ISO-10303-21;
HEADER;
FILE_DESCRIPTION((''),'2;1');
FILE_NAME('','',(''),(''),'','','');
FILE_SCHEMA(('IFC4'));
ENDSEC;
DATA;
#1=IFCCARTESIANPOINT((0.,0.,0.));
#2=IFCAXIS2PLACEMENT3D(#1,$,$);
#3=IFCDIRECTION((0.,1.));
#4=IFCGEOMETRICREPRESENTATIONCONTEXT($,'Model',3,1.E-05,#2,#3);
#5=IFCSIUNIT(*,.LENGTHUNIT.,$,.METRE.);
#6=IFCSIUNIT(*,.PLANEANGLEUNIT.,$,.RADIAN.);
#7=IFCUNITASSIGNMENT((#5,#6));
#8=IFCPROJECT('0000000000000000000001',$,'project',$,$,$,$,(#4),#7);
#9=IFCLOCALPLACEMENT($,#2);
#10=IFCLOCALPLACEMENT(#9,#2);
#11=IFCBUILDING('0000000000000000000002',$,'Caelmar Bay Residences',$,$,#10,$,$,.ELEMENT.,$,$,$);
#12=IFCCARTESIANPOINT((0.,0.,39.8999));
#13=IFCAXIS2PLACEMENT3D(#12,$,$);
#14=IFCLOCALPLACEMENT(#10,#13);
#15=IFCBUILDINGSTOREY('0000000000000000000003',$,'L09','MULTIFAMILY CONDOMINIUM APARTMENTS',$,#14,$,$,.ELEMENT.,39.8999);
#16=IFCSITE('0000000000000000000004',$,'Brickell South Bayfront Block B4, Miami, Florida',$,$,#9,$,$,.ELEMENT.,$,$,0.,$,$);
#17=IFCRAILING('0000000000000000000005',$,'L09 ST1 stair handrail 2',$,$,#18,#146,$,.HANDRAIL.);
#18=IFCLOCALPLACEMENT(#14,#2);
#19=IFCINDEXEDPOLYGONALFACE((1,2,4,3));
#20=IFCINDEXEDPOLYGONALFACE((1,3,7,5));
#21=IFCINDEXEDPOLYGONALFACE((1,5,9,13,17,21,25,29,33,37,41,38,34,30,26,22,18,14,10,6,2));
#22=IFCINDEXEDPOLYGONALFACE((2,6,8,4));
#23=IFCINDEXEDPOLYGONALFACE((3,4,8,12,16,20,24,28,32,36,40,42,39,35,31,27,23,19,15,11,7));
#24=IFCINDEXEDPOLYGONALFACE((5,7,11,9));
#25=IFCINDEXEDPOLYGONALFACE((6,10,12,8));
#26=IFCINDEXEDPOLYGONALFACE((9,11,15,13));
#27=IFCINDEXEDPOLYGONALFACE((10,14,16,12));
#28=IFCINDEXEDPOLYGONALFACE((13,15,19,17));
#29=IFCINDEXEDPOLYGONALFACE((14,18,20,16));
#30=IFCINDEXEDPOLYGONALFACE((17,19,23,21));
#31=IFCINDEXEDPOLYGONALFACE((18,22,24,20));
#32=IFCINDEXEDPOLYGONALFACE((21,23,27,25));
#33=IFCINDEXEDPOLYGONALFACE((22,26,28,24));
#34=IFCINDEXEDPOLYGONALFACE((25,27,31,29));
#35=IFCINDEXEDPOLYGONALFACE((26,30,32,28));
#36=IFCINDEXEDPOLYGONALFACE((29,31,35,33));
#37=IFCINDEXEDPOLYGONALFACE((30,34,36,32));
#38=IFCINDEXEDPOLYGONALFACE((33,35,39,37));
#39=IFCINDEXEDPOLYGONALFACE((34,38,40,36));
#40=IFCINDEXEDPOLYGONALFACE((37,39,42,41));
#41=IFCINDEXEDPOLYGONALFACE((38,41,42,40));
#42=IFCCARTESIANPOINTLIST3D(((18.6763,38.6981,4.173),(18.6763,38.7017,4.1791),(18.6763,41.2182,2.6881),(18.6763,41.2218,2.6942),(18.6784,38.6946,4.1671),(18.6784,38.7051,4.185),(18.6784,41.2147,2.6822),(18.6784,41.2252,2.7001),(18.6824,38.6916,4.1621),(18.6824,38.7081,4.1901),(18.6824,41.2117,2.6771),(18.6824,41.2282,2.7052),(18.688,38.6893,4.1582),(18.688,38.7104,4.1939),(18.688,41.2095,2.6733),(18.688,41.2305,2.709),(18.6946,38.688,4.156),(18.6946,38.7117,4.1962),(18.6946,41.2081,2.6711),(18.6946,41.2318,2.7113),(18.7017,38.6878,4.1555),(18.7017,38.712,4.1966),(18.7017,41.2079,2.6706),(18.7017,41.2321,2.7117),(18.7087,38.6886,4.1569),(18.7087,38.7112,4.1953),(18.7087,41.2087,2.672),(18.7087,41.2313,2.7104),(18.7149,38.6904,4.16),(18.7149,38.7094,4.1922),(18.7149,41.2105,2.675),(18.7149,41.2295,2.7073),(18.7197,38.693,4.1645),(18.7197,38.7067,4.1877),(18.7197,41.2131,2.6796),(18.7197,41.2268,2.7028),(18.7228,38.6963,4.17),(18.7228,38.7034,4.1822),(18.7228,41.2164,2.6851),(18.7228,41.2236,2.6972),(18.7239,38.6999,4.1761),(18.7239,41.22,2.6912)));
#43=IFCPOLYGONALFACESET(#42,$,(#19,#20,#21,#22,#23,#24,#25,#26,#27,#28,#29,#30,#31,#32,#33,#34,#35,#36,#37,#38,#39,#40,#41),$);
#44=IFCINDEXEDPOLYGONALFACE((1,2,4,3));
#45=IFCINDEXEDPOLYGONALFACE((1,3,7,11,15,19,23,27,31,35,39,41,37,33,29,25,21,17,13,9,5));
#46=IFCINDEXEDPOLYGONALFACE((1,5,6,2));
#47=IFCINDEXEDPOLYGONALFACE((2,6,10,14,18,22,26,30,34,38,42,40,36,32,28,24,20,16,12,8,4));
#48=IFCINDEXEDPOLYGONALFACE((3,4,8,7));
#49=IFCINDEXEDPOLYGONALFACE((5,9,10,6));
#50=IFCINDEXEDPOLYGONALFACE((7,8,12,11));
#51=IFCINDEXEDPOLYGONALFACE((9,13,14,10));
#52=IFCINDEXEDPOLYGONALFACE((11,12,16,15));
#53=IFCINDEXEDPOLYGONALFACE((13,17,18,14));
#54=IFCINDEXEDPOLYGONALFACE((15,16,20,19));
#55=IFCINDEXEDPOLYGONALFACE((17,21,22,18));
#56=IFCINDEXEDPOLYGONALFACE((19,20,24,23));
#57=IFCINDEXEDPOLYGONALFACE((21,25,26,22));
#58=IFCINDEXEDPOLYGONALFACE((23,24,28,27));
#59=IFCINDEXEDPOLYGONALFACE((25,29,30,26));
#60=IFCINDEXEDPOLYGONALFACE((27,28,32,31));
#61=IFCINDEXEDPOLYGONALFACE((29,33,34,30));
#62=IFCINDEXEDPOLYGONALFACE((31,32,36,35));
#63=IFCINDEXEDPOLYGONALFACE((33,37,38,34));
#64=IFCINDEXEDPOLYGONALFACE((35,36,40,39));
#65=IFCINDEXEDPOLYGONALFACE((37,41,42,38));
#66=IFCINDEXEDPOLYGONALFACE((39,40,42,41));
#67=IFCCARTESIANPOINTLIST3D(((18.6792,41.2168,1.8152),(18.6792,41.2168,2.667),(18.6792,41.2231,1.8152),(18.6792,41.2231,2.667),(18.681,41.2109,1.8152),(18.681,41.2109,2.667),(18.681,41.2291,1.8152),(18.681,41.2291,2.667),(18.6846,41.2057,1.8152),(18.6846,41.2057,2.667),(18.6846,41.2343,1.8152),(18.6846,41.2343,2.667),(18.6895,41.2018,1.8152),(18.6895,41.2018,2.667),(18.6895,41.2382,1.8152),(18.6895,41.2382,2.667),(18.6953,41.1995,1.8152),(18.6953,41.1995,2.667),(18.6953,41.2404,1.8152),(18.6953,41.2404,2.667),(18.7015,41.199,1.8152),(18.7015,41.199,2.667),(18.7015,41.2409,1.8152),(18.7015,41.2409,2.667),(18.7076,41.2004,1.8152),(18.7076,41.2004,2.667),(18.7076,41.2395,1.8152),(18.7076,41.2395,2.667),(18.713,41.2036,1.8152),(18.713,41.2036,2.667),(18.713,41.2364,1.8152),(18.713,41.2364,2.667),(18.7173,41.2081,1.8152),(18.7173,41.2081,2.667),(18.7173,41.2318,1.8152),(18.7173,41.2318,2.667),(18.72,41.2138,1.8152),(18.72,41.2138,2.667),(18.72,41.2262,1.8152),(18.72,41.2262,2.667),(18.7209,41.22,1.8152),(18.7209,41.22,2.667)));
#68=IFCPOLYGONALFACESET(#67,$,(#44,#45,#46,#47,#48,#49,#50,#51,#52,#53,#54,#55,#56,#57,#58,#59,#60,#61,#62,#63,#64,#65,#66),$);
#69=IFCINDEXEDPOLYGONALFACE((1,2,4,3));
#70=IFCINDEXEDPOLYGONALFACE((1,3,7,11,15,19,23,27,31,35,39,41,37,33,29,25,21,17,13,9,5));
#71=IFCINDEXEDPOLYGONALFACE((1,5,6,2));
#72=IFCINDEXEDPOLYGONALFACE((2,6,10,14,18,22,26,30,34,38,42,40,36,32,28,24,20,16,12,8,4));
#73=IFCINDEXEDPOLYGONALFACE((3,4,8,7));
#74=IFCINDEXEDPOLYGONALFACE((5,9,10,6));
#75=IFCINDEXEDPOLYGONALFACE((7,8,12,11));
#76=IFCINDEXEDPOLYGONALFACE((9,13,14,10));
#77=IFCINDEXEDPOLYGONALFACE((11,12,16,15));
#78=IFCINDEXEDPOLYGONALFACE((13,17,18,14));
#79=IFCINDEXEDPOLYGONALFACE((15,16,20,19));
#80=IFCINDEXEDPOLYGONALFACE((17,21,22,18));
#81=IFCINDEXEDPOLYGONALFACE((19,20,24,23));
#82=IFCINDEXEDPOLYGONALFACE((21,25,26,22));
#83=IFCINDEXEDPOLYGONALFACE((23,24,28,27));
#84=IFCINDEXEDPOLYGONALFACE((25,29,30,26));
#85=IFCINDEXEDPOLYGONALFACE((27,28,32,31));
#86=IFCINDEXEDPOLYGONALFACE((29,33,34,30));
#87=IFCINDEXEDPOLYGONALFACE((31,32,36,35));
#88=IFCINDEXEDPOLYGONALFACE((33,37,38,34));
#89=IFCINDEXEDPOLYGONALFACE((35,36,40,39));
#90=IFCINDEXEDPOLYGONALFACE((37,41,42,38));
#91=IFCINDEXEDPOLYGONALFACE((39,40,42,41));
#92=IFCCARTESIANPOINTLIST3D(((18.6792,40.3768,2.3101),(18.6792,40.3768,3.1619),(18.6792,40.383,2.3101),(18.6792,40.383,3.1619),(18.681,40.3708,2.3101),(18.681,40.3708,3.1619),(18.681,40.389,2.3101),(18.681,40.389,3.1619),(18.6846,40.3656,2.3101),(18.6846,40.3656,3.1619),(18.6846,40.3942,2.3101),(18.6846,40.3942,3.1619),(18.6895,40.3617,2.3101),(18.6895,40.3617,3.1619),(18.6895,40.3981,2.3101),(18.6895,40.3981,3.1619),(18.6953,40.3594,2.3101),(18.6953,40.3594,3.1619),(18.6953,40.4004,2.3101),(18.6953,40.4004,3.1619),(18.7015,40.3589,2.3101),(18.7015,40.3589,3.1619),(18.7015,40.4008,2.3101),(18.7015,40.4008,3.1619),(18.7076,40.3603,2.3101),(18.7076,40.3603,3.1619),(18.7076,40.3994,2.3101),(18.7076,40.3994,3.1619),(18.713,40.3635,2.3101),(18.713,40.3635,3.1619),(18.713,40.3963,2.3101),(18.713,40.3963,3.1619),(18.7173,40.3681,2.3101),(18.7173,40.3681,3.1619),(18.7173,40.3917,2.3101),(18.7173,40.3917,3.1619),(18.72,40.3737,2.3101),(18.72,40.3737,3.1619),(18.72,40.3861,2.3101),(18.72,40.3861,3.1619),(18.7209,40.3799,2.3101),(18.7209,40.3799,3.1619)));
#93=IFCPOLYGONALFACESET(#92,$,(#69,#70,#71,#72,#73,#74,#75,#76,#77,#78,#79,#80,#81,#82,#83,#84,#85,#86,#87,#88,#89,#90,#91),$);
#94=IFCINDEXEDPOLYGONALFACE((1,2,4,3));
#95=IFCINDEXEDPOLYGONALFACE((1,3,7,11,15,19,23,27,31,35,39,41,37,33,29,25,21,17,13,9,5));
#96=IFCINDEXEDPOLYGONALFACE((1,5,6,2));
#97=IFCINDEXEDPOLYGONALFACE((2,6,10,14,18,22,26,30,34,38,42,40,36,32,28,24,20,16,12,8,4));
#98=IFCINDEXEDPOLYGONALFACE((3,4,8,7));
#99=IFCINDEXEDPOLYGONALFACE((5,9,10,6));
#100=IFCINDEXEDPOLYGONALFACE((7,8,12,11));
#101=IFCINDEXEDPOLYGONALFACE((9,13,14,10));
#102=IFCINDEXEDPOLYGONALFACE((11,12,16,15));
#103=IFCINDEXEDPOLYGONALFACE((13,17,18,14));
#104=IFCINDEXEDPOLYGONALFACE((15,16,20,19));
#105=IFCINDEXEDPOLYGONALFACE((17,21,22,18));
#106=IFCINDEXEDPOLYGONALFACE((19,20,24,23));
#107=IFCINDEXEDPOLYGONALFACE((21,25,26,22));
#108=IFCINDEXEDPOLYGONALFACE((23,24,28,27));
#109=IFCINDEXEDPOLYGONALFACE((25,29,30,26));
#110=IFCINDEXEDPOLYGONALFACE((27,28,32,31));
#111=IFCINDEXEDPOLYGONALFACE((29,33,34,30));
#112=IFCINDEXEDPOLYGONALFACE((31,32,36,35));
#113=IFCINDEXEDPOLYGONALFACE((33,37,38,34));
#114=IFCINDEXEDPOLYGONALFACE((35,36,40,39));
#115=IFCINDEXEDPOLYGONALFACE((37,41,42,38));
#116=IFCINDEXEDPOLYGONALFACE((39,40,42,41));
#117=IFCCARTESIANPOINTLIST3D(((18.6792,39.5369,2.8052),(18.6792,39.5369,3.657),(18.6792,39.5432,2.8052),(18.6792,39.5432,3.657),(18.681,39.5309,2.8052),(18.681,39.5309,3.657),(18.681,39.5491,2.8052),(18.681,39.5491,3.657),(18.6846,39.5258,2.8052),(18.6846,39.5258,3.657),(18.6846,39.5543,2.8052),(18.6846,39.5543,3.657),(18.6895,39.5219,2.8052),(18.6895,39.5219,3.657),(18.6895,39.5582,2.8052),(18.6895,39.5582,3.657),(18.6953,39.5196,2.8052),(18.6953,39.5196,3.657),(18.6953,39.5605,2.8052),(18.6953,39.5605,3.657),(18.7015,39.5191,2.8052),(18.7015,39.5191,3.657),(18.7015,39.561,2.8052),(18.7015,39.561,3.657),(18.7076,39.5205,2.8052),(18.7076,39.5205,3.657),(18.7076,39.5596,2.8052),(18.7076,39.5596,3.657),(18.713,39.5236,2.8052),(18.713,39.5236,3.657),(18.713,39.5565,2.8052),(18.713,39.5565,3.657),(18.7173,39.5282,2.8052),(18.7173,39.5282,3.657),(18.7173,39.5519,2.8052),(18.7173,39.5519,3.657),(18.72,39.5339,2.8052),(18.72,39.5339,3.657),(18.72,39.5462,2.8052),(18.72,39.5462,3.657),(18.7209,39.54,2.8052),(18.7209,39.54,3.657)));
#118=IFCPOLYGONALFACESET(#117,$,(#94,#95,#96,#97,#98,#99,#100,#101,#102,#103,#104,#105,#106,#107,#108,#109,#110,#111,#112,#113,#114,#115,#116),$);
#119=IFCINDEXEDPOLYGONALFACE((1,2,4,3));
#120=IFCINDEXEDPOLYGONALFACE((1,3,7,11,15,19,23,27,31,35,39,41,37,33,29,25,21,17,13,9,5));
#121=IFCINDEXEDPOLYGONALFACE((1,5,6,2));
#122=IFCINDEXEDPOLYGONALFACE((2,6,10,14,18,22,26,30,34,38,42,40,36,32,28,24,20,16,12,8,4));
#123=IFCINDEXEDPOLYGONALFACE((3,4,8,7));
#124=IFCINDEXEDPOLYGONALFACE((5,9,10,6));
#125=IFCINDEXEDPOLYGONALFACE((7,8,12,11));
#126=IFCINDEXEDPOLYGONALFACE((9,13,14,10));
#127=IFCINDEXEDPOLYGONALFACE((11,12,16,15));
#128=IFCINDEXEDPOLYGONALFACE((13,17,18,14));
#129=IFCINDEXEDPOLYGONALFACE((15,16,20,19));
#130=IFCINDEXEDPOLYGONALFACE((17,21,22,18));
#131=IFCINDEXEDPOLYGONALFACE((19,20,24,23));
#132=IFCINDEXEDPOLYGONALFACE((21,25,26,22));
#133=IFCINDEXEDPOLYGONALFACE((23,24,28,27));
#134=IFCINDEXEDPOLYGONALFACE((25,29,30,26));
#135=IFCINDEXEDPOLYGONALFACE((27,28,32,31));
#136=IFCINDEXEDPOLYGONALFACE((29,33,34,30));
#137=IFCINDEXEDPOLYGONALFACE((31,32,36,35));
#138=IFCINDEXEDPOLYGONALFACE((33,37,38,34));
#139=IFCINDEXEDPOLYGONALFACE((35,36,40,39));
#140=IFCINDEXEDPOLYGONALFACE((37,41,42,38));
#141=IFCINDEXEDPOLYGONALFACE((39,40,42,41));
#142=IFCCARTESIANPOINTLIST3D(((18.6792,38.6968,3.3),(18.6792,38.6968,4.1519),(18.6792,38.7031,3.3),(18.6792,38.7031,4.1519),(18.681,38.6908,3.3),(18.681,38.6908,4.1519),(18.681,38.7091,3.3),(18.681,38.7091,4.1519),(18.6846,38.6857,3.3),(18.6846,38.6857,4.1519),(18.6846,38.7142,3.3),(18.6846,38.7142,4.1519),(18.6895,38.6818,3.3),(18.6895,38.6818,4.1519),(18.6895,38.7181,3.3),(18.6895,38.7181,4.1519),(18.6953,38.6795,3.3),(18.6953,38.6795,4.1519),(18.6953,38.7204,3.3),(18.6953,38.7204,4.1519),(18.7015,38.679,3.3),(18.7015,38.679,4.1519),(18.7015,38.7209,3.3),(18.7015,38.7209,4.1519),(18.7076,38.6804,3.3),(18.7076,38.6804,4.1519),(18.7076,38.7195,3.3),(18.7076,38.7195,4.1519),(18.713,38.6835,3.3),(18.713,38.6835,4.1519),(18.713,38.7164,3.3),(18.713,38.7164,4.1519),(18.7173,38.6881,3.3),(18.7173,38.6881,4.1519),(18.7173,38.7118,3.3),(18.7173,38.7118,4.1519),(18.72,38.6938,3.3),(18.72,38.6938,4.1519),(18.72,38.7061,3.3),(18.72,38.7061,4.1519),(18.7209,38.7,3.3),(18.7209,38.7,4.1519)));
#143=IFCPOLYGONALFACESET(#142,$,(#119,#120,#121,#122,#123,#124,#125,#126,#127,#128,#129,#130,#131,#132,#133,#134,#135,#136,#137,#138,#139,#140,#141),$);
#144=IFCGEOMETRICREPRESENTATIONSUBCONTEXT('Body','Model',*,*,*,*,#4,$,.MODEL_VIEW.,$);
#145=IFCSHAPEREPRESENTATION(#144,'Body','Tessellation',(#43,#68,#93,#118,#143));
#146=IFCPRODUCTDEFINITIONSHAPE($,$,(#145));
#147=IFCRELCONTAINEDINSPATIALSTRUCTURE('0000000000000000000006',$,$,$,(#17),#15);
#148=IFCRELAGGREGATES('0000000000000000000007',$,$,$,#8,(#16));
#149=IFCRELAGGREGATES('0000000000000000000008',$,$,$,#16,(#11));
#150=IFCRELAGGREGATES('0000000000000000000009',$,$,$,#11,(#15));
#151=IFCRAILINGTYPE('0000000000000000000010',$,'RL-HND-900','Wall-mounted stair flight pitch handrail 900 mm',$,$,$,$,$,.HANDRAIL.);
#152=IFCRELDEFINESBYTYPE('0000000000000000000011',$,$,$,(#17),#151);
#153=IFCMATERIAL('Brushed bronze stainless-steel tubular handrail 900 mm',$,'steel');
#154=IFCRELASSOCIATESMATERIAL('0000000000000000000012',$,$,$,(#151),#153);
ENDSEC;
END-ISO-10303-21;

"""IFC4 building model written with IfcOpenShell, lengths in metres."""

from ifc_helpers import new_model, si_unit, direction, frame, origin, origin_2d, place, context, subcontext, project, spatial, circle, extrude, material, type_object, element, save


model = new_model("IFC4")

# Units and contexts
model_context = context("Model", 3, precision=1e-05, world=origin(), true_north=direction((0.0, 1.0)))
body_context = subcontext(model_context, "Body", "Model", "MODEL_VIEW")
ifc_project = project(units=[si_unit("LENGTHUNIT", "METRE"), si_unit("PLANEANGLEUNIT", "RADIAN")], contexts=[model_context])

# Site, building, storey
site_placement = place(None, origin())
site = spatial("IfcSite", under=ifc_project, at=site_placement, Name="Brickell South Bayfront Block B4, Miami, Florida", CompositionType="ELEMENT", RefElevation=0.0)
building_placement = place(site_placement, origin())
building = spatial("IfcBuilding", under=site, at=building_placement, Name="Caelmar Bay Residences", CompositionType="ELEMENT")
storey_placement = place(building_placement, frame((0.0, 0.0, 39.8999)))
storey = spatial("IfcBuildingStorey", under=building, at=storey_placement, Name="L09", Description="MULTIFAMILY CONDOMINIUM APARTMENTS", CompositionType="ELEMENT", Elevation=39.8999)

# Railing
ifc_material_1 = material(Name="Brushed bronze stainless-steel tubular handrail 900 mm", Category="steel")
railing_type_1 = type_object("IfcRailingType", Name="RL-HND-900", Description="Wall-mounted stair flight pitch handrail 900 mm", PredefinedType="HANDRAIL", material=ifc_material_1)
railing_1_placement = place(storey_placement, frame((18.7, 41.22, 1.8152)))
element("IfcRailing", 1, at=railing_1_placement, inside=storey, type_object=railing_type_1, Name="L09 ST1 stair handrail 2", PredefinedType="HANDRAIL", context=body_context, shape_type="SweptSolid", body=[
    extrude(circle(Radius=0.0239, at=origin_2d()), frame((0.0, 0.0, 0.876), z_axis=(0.0, -0.861561, 0.507655), x_axis=(1.0, 0.0, 0.0)), (0.0, 0.0, 1.0), 2.925),
    extrude(circle(Radius=0.021, at=origin_2d()), origin(), (0.0, 0.0, 1.0), 0.8518),
    extrude(circle(Radius=0.021, at=origin_2d()), frame((0.0, -0.8401, 0.4949)), (0.0, 0.0, 1.0), 0.8518),
    extrude(circle(Radius=0.021, at=origin_2d()), frame((0.0, -1.6799, 0.99)), (0.0, 0.0, 1.0), 0.8518),
    extrude(circle(Radius=0.021, at=origin_2d()), frame((0.0, -2.52, 1.4849)), (0.0, 0.0, 1.0), 0.8518),
])

save(model, "model.ifc")
